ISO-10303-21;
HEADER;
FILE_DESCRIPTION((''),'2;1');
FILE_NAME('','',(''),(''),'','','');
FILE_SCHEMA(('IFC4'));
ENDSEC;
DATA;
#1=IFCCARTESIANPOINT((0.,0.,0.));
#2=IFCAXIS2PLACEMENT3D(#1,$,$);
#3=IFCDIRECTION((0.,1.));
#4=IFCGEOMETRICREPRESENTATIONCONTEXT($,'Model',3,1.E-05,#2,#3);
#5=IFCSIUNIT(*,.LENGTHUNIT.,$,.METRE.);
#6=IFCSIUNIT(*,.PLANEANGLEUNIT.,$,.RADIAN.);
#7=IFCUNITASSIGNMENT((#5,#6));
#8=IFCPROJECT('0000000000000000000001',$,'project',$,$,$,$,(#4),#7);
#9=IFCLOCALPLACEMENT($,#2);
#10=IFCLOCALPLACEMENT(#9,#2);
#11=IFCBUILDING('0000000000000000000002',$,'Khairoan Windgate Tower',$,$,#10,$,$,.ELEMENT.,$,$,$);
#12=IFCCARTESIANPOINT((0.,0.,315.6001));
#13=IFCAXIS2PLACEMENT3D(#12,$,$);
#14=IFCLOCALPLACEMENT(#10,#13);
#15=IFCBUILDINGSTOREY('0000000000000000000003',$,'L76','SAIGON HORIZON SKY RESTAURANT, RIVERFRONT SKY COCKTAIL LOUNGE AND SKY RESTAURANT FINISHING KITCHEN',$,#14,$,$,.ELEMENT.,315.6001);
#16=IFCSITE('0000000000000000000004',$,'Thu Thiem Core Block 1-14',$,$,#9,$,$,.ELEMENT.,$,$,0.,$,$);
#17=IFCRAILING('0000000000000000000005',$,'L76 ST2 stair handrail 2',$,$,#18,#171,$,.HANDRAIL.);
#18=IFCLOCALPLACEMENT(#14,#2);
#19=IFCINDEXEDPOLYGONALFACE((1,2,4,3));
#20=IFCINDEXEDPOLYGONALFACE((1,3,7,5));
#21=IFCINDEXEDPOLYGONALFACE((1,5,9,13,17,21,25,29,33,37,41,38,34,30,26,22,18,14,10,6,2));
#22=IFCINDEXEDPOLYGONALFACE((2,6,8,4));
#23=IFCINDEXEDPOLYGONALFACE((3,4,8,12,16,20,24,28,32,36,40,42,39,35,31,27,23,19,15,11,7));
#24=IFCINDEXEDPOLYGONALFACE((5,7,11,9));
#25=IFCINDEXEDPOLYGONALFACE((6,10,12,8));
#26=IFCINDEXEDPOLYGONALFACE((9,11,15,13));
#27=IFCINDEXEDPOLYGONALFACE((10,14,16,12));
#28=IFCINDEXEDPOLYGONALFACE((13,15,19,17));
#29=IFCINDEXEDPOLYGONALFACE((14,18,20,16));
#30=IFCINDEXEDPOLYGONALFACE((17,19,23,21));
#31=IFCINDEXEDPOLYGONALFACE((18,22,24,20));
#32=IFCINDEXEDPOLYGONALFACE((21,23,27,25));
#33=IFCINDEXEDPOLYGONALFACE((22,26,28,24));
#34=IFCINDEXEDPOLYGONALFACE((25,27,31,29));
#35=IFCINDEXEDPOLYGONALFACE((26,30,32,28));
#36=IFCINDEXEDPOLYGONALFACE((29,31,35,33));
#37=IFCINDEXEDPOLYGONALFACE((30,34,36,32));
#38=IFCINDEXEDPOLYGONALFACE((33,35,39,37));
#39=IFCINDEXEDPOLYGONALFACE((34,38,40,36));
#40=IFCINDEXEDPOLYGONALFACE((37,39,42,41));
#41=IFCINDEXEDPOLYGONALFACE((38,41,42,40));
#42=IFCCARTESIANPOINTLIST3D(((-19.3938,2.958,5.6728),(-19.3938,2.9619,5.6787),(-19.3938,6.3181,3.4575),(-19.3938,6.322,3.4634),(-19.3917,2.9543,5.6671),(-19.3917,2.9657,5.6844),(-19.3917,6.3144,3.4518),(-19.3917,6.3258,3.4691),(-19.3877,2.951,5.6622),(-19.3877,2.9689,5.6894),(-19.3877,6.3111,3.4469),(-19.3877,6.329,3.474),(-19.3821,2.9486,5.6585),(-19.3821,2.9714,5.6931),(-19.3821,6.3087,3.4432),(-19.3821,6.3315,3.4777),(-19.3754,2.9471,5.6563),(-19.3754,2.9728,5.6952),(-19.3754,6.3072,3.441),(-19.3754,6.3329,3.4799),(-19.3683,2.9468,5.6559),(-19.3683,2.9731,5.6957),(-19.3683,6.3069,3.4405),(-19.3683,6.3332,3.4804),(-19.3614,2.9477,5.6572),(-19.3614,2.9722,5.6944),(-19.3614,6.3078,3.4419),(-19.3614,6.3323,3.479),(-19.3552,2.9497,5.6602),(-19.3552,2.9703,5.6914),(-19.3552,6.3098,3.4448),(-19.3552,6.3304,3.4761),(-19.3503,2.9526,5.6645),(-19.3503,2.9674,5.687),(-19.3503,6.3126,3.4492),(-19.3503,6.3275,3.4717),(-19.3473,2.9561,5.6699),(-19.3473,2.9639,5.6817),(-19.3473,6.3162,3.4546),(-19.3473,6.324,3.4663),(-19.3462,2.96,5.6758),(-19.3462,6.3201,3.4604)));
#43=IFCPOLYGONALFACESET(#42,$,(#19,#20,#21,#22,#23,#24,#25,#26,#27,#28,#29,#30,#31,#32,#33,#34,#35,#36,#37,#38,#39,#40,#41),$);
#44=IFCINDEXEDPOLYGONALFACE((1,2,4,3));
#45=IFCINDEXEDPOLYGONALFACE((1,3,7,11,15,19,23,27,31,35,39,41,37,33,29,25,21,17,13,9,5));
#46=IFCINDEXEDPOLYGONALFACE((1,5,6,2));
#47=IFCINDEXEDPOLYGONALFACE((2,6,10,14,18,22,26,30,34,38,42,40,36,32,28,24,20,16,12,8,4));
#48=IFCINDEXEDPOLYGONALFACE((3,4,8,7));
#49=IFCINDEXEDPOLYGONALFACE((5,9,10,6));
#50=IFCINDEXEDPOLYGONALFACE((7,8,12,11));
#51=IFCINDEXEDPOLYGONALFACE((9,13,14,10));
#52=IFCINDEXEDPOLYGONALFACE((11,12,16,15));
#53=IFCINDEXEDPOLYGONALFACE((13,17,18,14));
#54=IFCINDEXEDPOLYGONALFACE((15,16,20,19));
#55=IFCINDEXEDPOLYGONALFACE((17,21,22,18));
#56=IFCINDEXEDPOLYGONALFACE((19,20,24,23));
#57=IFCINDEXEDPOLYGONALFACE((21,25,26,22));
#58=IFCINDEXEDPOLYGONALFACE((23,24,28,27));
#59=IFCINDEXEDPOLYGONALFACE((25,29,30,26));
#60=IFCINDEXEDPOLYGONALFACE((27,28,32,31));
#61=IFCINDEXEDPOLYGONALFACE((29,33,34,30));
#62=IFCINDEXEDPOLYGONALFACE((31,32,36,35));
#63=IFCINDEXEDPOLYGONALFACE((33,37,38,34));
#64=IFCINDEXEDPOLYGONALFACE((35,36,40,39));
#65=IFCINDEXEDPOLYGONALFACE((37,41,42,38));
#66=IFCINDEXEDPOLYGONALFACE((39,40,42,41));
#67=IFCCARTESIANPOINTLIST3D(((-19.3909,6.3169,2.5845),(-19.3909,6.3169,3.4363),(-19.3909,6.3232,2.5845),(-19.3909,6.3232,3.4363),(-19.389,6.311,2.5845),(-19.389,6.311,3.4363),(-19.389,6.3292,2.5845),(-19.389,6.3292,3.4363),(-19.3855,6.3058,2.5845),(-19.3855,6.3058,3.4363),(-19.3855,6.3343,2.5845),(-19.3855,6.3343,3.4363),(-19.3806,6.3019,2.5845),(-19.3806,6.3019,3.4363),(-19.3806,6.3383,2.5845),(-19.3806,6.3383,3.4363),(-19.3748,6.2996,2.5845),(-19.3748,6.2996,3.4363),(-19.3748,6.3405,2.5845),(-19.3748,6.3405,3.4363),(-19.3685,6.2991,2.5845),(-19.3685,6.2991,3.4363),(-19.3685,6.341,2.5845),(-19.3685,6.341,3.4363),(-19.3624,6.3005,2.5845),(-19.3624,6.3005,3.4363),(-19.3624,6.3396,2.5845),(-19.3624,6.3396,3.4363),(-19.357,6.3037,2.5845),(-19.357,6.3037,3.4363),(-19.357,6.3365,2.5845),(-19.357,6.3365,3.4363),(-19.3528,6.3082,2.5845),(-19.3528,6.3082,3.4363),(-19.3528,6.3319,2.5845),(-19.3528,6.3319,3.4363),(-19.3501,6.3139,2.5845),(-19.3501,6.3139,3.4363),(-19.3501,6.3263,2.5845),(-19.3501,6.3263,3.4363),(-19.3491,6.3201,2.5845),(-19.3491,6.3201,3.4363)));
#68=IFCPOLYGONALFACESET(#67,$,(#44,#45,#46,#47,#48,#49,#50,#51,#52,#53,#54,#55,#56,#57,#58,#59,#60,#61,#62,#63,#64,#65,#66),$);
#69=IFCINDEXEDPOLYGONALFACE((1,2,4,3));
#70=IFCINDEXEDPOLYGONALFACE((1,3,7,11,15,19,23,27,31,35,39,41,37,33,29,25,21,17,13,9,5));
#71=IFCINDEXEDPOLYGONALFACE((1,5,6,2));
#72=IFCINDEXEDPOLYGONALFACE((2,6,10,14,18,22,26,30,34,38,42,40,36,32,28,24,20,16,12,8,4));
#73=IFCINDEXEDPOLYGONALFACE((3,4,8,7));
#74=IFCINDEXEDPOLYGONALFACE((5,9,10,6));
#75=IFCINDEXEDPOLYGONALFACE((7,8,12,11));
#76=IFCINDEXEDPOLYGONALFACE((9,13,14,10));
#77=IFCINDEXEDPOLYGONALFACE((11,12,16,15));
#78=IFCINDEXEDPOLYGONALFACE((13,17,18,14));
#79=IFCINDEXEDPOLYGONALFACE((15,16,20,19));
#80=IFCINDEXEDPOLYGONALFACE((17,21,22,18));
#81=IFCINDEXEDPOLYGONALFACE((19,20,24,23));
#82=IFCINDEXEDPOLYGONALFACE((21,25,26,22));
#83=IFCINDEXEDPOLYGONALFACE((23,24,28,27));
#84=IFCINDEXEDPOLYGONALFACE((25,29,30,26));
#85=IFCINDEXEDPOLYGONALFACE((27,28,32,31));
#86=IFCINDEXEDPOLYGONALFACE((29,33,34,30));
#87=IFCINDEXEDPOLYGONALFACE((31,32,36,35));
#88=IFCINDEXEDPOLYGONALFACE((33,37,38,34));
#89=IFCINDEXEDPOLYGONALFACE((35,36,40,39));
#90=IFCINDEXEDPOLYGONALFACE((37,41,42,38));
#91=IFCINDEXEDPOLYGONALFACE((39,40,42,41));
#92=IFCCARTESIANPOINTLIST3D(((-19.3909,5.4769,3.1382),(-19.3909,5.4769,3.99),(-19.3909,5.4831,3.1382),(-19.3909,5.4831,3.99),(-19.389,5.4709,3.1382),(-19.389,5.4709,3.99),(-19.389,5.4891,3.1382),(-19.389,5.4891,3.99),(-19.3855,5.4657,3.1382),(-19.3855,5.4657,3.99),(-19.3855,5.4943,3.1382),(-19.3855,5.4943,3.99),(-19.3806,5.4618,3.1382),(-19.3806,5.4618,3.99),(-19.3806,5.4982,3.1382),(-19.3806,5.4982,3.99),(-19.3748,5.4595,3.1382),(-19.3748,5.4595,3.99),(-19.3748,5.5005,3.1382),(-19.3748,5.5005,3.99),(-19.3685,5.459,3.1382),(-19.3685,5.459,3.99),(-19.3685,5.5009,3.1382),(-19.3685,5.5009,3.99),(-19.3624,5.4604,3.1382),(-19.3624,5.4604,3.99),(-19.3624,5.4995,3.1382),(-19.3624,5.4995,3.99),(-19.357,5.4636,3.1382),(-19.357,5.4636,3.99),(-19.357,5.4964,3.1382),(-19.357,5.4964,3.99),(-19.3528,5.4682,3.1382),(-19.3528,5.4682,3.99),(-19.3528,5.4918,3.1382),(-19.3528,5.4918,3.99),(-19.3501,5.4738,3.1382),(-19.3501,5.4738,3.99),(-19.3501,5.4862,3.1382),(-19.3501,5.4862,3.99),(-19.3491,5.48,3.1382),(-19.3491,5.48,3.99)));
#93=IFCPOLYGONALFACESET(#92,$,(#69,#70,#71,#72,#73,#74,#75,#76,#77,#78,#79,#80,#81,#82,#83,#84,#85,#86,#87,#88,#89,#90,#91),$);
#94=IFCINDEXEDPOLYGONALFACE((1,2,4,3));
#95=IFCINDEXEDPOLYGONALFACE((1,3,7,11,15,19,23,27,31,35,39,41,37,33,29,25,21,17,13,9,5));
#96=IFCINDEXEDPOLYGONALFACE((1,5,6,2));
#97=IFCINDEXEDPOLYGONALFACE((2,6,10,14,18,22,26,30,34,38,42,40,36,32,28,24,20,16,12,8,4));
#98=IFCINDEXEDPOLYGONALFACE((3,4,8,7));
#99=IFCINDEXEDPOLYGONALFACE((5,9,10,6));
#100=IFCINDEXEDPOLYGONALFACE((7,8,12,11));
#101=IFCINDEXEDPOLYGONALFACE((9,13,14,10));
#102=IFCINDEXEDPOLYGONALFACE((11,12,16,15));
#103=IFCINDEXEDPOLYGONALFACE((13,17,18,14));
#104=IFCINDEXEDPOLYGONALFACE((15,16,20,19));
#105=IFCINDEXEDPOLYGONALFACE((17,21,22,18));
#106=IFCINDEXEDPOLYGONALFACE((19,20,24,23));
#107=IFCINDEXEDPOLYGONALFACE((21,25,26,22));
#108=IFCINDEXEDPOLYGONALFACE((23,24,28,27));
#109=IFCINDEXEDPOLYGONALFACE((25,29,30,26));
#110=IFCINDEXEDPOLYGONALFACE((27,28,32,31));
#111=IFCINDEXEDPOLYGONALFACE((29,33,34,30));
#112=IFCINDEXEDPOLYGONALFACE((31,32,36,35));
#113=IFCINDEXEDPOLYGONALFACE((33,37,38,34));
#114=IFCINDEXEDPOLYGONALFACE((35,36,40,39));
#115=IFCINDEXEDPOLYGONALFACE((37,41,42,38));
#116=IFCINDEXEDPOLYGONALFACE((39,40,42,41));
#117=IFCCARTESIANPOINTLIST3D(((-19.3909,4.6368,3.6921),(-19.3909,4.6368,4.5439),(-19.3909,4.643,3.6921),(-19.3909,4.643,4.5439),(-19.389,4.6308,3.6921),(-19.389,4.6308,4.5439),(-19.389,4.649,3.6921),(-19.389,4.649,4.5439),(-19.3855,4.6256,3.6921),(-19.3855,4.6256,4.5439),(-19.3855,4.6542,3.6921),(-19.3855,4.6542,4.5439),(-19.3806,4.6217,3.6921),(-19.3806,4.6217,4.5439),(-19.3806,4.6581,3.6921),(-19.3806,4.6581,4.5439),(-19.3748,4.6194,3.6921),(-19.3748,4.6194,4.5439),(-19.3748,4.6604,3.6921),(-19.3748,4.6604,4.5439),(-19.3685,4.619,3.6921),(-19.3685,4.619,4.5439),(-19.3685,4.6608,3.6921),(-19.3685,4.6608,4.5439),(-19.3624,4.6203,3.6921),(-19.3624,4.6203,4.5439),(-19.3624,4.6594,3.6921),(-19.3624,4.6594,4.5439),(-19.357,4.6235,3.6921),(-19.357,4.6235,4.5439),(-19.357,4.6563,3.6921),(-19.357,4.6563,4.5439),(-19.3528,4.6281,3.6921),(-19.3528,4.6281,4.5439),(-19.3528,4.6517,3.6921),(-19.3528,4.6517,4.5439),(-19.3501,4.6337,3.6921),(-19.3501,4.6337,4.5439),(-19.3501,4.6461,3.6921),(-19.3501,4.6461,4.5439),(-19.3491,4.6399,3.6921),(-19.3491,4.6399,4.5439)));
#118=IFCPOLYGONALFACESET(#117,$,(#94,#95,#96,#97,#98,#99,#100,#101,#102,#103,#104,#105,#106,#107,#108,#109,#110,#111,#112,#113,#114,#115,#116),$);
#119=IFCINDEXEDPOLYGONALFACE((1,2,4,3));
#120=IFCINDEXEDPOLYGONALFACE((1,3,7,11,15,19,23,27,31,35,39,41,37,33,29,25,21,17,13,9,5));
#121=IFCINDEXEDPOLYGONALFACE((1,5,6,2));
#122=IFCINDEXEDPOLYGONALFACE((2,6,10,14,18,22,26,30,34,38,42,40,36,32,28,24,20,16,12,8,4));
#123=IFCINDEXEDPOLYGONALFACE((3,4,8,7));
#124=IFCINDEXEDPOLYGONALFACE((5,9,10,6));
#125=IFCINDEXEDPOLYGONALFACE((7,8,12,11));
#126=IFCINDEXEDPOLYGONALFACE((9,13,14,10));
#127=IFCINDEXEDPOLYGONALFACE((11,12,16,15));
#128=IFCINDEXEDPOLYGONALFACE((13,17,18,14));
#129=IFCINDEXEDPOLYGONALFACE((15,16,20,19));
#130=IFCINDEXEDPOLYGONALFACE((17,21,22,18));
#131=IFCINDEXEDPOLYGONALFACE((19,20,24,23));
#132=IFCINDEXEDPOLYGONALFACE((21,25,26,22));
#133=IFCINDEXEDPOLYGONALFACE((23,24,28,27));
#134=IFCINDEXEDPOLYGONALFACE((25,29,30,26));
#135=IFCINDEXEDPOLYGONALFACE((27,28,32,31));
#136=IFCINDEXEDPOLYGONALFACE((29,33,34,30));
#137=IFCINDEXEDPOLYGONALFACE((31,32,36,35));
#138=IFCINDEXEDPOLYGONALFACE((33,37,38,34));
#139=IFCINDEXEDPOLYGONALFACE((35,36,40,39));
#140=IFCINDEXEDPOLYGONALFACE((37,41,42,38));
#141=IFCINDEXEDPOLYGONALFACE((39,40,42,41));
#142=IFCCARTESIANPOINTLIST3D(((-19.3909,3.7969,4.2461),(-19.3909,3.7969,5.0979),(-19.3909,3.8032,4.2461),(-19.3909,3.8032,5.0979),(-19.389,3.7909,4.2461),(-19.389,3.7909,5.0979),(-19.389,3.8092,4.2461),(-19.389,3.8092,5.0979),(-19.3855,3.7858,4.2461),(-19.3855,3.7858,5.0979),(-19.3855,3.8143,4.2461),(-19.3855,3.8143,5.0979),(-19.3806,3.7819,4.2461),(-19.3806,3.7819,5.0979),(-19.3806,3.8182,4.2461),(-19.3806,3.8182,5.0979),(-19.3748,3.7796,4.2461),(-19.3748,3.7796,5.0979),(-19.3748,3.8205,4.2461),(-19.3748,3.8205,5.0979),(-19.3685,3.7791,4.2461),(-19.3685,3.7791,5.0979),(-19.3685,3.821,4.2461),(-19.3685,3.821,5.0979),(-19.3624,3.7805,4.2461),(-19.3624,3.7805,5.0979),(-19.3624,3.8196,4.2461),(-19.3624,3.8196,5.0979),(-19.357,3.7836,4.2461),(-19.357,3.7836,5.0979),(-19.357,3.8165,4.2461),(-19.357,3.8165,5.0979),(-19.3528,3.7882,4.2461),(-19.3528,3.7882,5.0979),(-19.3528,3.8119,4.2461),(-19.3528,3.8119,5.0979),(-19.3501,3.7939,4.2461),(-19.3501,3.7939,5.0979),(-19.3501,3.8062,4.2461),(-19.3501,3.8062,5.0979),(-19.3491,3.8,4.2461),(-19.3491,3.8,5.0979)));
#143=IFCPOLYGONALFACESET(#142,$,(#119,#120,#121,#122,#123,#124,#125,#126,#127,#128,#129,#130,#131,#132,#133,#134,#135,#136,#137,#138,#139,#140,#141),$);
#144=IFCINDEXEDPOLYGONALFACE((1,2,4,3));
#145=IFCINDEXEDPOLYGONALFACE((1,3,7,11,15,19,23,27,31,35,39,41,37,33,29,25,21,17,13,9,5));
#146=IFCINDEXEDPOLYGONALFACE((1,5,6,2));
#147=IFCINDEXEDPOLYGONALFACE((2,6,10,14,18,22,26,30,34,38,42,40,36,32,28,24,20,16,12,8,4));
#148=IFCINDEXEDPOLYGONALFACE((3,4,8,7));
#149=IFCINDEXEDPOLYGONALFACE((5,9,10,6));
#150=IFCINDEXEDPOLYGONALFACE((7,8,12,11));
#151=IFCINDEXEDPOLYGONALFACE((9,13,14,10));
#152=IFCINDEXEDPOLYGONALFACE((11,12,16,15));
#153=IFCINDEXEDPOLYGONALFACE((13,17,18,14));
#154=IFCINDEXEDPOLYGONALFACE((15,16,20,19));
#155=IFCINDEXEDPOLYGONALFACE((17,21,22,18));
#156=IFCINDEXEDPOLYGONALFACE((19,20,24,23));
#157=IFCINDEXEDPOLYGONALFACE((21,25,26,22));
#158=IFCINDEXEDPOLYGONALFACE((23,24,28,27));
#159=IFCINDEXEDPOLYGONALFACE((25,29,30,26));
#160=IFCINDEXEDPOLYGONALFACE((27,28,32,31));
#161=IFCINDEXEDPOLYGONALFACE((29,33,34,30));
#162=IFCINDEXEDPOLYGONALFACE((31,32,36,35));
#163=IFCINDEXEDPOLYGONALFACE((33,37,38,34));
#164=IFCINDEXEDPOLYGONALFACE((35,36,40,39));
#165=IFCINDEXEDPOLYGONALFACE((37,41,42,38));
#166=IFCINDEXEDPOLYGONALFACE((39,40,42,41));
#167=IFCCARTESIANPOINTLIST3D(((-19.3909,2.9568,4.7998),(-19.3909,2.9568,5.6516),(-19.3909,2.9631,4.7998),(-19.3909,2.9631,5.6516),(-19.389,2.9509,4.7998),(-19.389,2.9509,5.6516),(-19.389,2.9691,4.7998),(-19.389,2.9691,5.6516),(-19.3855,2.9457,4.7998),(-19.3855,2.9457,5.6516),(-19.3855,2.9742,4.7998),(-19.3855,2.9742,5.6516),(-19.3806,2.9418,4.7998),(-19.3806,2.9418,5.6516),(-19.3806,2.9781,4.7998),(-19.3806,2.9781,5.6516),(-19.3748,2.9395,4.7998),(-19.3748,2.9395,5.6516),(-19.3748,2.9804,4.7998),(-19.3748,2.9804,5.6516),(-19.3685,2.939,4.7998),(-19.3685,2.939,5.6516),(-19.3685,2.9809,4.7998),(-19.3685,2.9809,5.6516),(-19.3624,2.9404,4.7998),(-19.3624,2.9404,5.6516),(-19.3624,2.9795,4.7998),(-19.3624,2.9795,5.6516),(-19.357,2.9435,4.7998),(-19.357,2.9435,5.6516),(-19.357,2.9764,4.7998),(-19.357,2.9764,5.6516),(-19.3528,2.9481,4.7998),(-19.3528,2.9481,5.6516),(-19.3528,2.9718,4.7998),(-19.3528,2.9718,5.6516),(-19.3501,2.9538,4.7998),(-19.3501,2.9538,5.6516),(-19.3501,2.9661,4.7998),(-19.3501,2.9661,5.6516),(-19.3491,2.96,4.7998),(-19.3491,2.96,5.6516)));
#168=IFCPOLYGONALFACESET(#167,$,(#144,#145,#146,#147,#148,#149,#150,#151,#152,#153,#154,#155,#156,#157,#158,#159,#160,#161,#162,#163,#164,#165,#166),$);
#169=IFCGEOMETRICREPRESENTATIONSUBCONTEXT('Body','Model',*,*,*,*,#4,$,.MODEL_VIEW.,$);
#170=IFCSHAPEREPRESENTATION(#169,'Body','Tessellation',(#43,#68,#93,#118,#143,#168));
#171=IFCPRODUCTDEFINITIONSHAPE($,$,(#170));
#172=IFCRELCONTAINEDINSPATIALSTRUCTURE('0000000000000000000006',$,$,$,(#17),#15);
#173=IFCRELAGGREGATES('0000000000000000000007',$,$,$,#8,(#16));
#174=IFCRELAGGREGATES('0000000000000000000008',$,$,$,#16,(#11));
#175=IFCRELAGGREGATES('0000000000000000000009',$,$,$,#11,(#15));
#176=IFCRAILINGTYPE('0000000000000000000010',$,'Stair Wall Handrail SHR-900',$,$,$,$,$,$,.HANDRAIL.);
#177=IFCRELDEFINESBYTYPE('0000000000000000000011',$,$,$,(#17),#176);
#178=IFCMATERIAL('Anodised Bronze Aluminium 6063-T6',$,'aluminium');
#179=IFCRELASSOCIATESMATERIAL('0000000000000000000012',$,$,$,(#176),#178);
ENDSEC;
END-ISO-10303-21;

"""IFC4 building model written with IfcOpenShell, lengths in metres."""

from ifc_helpers import new_model, si_unit, direction, frame, origin, origin_2d, place, context, subcontext, project, spatial, circle, extrude, material, type_object, element, save


model = new_model("IFC4")

# Units and contexts
model_context = context("Model", 3, precision=1e-05, world=origin(), true_north=direction((0.0, 1.0)))
body_context = subcontext(model_context, "Body", "Model", "MODEL_VIEW")
ifc_project = project(units=[si_unit("LENGTHUNIT", "METRE"), si_unit("PLANEANGLEUNIT", "RADIAN")], contexts=[model_context])

# Site, building, storey
site_placement = place(None, origin())
site = spatial("IfcSite", under=ifc_project, at=site_placement, Name="Thu Thiem Core Block 1-14", CompositionType="ELEMENT", RefElevation=0.0)
building_placement = place(site_placement, origin())
building = spatial("IfcBuilding", under=site, at=building_placement, Name="Khairoan Windgate Tower", CompositionType="ELEMENT")
storey_placement = place(building_placement, frame((0.0, 0.0, 315.6001)))
storey = spatial("IfcBuildingStorey", under=building, at=storey_placement, Name="L76", Description="SAIGON HORIZON SKY RESTAURANT, RIVERFRONT SKY COCKTAIL LOUNGE AND SKY RESTAURANT FINISHING KITCHEN", CompositionType="ELEMENT", Elevation=315.6001)

# Railing
ifc_material_1 = material(Name="Anodised Bronze Aluminium 6063-T6", Category="aluminium")
railing_type_1 = type_object("IfcRailingType", Name="Stair Wall Handrail SHR-900", PredefinedType="HANDRAIL", material=ifc_material_1)
railing_1_placement = place(storey_placement, frame((-19.3701, 6.3201, 2.5845)))
element("IfcRailing", 1, at=railing_1_placement, inside=storey, type_object=railing_type_1, Name="L76 ST2 stair handrail 2", PredefinedType="HANDRAIL", context=body_context, shape_type="SweptSolid", body=[
    extrude(circle(Radius=0.0239, at=origin_2d()), frame((0.0, 0.0, 0.876), z_axis=(0.0, -0.834876, 0.550437), x_axis=(1.0, 0.0, 0.0)), (0.0, 0.0, 1.0), 4.0247),
    extrude(circle(Radius=0.021, at=origin_2d()), origin(), (0.0, 0.0, 1.0), 0.8518),
    extrude(circle(Radius=0.021, at=origin_2d()), frame((0.0, -0.8401, 0.5537)), (0.0, 0.0, 1.0), 0.8518),
    extrude(circle(Radius=0.021, at=origin_2d()), frame((0.0, -1.6802, 1.1077)), (0.0, 0.0, 1.0), 0.8518),
    extrude(circle(Radius=0.021, at=origin_2d()), frame((0.0, -2.52, 1.6616)), (0.0, 0.0, 1.0), 0.8518),
    extrude(circle(Radius=0.021, at=origin_2d()), frame((0.0, -3.3601, 2.2153)), (0.0, 0.0, 1.0), 0.8518),
])

save(model, "model.ifc")
